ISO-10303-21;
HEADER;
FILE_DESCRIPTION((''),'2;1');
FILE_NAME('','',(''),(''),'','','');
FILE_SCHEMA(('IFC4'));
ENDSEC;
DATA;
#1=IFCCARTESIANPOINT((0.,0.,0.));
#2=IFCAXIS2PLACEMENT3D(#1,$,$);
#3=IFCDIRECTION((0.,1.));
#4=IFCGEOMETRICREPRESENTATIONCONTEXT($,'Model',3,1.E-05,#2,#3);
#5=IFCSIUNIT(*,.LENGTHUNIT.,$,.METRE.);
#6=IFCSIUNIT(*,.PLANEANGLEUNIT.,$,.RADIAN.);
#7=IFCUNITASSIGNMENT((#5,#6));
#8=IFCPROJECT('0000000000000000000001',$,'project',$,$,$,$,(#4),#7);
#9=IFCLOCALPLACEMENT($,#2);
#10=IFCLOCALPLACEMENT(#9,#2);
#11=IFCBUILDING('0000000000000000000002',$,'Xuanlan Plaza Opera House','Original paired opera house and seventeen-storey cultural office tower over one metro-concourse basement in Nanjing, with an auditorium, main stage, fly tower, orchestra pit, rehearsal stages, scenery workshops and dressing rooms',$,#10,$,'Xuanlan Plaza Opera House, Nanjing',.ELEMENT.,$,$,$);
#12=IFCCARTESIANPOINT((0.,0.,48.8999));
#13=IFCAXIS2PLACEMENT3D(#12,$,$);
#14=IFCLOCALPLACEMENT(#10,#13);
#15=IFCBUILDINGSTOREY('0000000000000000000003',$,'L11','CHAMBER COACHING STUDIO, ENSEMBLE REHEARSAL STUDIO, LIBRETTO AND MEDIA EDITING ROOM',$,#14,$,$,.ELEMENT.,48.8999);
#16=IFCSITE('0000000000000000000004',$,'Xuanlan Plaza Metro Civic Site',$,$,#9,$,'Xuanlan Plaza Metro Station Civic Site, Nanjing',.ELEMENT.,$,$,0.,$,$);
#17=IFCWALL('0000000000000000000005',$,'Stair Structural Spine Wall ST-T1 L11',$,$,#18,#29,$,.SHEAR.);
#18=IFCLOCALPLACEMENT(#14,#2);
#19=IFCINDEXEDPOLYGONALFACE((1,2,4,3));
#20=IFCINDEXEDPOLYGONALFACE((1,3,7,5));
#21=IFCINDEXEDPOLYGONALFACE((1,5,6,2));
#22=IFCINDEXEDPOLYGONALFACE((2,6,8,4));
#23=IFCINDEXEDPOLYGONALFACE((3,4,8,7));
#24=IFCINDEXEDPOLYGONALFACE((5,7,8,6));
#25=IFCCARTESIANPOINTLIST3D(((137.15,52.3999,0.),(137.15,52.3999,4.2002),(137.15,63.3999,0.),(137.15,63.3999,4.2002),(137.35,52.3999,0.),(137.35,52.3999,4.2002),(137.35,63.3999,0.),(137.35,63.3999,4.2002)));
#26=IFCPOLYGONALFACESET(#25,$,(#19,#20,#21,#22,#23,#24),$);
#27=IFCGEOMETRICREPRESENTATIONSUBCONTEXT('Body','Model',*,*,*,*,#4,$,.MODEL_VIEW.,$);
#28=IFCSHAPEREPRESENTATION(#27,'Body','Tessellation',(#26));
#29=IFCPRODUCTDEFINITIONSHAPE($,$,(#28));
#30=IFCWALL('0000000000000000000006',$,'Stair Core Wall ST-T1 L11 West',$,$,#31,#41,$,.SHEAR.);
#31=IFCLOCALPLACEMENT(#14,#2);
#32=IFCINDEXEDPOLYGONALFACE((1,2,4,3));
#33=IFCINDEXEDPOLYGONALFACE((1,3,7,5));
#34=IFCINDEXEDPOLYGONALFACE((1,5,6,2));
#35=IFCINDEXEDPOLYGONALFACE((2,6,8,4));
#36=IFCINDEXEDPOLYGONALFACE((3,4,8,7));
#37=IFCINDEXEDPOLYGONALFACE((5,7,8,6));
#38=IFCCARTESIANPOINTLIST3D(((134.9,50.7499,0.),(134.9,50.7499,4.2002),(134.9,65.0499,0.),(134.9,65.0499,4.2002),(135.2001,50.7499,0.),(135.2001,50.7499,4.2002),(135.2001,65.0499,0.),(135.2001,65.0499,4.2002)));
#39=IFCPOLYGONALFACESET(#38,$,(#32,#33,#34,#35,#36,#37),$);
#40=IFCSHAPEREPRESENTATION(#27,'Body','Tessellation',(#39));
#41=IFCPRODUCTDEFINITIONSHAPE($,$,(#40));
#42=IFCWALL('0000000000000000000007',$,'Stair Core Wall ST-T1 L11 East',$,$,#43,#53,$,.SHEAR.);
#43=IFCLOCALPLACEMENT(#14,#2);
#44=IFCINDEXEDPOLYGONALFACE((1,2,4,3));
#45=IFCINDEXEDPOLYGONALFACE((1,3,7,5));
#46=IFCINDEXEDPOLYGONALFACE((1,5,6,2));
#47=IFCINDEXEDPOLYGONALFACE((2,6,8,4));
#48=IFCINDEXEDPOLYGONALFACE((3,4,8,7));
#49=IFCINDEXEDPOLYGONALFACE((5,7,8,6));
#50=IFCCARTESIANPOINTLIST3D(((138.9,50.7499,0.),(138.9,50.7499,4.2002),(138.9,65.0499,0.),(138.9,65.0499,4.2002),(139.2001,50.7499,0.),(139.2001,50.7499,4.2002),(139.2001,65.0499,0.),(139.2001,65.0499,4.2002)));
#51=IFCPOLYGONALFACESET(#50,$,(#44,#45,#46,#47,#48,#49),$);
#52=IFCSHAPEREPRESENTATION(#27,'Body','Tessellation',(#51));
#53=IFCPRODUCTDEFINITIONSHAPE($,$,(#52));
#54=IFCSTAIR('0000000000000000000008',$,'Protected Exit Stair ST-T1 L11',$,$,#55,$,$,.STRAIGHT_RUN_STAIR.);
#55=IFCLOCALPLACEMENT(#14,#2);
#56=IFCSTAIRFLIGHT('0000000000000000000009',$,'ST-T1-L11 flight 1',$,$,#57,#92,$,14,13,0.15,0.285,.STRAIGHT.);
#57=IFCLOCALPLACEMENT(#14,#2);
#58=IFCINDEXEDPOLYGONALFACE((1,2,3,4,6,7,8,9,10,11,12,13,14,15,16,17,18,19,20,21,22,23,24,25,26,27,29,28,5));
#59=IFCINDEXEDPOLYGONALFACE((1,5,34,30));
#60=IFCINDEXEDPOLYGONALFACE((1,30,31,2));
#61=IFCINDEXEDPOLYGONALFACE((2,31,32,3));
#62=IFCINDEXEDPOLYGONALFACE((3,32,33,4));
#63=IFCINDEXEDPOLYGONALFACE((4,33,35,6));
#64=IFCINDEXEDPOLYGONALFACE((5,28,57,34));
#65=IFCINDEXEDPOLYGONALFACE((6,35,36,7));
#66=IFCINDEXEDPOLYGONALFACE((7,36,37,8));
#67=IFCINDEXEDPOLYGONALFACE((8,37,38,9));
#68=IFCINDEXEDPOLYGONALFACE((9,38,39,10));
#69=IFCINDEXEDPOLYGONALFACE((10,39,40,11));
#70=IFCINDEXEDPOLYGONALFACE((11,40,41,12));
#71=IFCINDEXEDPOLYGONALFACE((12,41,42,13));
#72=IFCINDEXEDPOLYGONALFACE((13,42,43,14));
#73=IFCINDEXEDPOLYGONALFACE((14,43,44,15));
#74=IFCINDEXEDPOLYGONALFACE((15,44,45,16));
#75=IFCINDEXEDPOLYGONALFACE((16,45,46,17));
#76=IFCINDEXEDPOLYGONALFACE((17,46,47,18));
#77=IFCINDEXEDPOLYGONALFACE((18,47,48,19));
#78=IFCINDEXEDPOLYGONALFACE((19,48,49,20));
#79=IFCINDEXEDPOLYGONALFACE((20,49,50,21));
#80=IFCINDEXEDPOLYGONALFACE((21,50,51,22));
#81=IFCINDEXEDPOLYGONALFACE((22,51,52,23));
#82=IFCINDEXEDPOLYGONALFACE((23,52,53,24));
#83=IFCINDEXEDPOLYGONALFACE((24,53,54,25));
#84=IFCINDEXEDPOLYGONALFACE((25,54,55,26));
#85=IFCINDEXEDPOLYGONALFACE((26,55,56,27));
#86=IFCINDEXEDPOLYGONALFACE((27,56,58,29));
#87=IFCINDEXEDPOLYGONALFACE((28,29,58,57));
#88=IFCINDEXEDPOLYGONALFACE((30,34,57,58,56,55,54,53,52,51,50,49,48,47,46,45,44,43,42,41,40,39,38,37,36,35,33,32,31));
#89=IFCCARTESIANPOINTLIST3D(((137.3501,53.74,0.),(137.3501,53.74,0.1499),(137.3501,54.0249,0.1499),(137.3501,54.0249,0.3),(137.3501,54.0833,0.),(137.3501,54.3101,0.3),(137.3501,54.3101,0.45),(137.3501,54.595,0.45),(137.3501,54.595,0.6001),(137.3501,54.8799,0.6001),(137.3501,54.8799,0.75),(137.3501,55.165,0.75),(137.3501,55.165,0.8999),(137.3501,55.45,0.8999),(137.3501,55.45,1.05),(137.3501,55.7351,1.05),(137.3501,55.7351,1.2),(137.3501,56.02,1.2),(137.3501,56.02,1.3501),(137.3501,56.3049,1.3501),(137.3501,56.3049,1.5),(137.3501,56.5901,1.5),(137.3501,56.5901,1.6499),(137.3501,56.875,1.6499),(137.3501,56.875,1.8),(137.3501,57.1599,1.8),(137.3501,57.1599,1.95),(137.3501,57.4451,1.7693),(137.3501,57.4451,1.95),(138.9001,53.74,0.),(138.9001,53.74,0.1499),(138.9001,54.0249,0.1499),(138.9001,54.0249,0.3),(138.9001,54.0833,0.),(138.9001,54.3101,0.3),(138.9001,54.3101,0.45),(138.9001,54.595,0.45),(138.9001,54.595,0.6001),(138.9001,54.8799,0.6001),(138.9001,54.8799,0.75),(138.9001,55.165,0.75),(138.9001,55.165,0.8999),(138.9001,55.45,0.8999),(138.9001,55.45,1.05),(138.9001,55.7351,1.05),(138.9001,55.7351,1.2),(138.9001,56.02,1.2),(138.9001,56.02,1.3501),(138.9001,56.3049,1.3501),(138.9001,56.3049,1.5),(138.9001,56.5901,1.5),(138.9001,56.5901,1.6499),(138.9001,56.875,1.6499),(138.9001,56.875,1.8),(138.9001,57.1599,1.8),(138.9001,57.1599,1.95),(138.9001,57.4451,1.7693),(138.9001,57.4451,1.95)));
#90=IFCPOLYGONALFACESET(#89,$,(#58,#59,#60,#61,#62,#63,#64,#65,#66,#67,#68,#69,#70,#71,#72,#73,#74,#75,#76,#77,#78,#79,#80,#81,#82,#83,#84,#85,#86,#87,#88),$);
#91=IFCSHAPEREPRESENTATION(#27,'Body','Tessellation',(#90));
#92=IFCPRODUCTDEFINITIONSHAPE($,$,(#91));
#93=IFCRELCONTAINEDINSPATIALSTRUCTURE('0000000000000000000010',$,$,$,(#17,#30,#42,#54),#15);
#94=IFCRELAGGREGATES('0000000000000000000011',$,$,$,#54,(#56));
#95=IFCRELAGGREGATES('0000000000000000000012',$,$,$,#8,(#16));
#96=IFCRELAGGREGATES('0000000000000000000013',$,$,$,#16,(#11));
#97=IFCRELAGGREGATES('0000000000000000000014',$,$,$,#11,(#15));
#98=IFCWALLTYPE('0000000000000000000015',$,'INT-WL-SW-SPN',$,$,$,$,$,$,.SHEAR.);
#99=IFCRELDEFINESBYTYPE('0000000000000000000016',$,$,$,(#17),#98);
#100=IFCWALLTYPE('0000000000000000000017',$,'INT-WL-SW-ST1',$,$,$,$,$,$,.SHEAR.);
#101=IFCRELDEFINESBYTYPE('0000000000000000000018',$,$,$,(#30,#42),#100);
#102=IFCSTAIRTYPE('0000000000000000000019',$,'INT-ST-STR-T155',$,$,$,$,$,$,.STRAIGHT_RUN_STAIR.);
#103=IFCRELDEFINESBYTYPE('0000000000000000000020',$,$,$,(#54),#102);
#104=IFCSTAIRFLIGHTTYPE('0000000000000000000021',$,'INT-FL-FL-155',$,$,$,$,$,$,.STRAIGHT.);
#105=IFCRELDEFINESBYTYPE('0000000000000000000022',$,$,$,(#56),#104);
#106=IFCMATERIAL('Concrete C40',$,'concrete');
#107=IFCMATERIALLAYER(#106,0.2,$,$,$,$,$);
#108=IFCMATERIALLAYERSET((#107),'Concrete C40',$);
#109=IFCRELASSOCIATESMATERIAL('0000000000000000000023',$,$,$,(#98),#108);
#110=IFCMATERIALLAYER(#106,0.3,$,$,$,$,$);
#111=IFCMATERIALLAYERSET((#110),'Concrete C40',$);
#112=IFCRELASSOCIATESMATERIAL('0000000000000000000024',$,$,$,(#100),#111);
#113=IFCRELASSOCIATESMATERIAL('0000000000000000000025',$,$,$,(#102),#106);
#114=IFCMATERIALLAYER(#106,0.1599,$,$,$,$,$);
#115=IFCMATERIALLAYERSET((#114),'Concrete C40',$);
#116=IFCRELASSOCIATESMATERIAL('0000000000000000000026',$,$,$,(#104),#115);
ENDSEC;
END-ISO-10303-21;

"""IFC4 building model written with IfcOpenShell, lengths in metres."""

from ifc_helpers import new_model, si_unit, direction, frame, frame_2d, origin, place, context, subcontext, project, spatial, polyline, rectangle, outline, extrude, material, layer, layer_set, type_object, element, aggregate, save


model = new_model("IFC4")

# Units and contexts
model_context = context("Model", 3, precision=1e-05, world=origin(), true_north=direction((0.0, 1.0)))
body_context = subcontext(model_context, "Body", "Model", "MODEL_VIEW")
ifc_project = project(units=[si_unit("LENGTHUNIT", "METRE"), si_unit("PLANEANGLEUNIT", "RADIAN")], contexts=[model_context])

# Site, building, storey
site_placement = place(None, origin())
site = spatial("IfcSite", under=ifc_project, at=site_placement, Name="Xuanlan Plaza Metro Civic Site", LongName="Xuanlan Plaza Metro Station Civic Site, Nanjing", CompositionType="ELEMENT", RefElevation=0.0)
building_placement = place(site_placement, origin())
building = spatial("IfcBuilding", under=site, at=building_placement, Name="Xuanlan Plaza Opera House", Description="Original paired opera house and seventeen-storey cultural office tower over one metro-concourse basement in Nanjing, with an auditorium, main stage, fly tower, orchestra pit, rehearsal stages, scenery workshops and dressing rooms", LongName="Xuanlan Plaza Opera House, Nanjing", CompositionType="ELEMENT")
storey_placement = place(building_placement, frame((0.0, 0.0, 48.8999)))
storey = spatial("IfcBuildingStorey", under=building, at=storey_placement, Name="L11", Description="CHAMBER COACHING STUDIO, ENSEMBLE REHEARSAL STUDIO, LIBRETTO AND MEDIA EDITING ROOM", CompositionType="ELEMENT", Elevation=48.8999)

# Shared definitions
ifc_material_1 = material(Name="Concrete C40", Category="concrete")

# Wall
ifc_layer_1 = layer(ifc_material_1, 0.2)
ifc_layer_set_1 = layer_set([ifc_layer_1], Name="Concrete C40")
wall_type_1 = type_object("IfcWallType", Name="INT-WL-SW-SPN", PredefinedType="SHEAR", material=ifc_layer_set_1)
wall_1_placement = place(storey_placement, frame((137.25, 52.3999, 0.0), z_axis=(0.0, 0.0, 1.0), x_axis=(0.0, 1.0, 0.0)))
element("IfcWall", 1, at=wall_1_placement, inside=storey, type_object=wall_type_1, Name="Stair Structural Spine Wall ST-T1 L11", PredefinedType="SHEAR", context=body_context, shape_type="SweptSolid", body=[
    extrude(rectangle(XDim=11.0, YDim=0.2, at=frame_2d((5.5, 0.0))), origin(), (0.0, 0.0, 1.0), 4.2002),
])

# Shared definitions
ifc_layer_2 = layer(ifc_material_1, 0.3)
ifc_layer_set_2 = layer_set([ifc_layer_2], Name="Concrete C40")
wall_type_2 = type_object("IfcWallType", Name="INT-WL-SW-ST1", PredefinedType="SHEAR", material=ifc_layer_set_2)

# Walls
for number, where, z_axis, x_axis, name in (
    (2, (135.05, 50.75, 0.0), (0.0, 0.0, 1.0), (0.0, 1.0, 0.0), "Stair Core Wall ST-T1 L11 West"),
    (3, (139.05, 50.75, 0.0), (0.0, 0.0, 1.0), (0.0, 1.0, 0.0), "Stair Core Wall ST-T1 L11 East"),
):
    element("IfcWall", number, at=place(storey_placement, frame(where, z_axis=z_axis, x_axis=x_axis)), inside=storey, type_object=wall_type_2, Name=name, PredefinedType="SHEAR", context=body_context, shape_type="SweptSolid", body=[
        extrude(rectangle(XDim=14.3, YDim=0.3, at=frame_2d((7.1499, 0.0))), origin(), (0.0, 0.0, 1.0), 4.2002),
    ])

# Stair, stair flight
stair_type = type_object("IfcStairType", Name="INT-ST-STR-T155", PredefinedType="STRAIGHT_RUN_STAIR", material=ifc_material_1)
stair_placement = place(storey_placement, origin())
stair = element("IfcStair", 4, at=stair_placement, inside=storey, type_object=stair_type, Name="Protected Exit Stair ST-T1 L11", PredefinedType="STRAIGHT_RUN_STAIR")
ifc_layer_3 = layer(ifc_material_1, 0.1599)
ifc_layer_set_3 = layer_set([ifc_layer_3], Name="Concrete C40")
stair_flight_type = type_object("IfcStairFlightType", Name="INT-FL-FL-155", PredefinedType="STRAIGHT", material=ifc_layer_set_3)
stair_flight_placement = place(storey_placement, frame((138.125, 53.74, 0.0), z_axis=(0.0, 0.0, 1.0), x_axis=(0.0, 1.0, 0.0)))
stair_flight = element("IfcStairFlight", 5, at=stair_flight_placement, type_object=stair_flight_type, Name="ST-T1-L11 flight 1", NumberOfRisers=14, NumberOfTreads=13, PredefinedType="STRAIGHT", RiserHeight=0.15, TreadLength=0.285, context=body_context, shape_type="SweptSolid", body=[
    extrude(outline(polyline([(0.0, 0.0), (0.0, 0.1499), (0.2849, 0.1499), (0.2849, 0.3), (0.5701, 0.3), (0.5701, 0.45), (0.855, 0.45), (0.855, 0.6001), (1.1399, 0.6001), (1.1399, 0.75), (1.425, 0.75), (1.425, 0.8999), (1.71, 0.8999), (1.71, 1.05), (1.9951, 1.05), (1.9951, 1.2), (2.28, 1.2), (2.28, 1.3501), (2.5649, 1.3501), (2.5649, 1.5), (2.8501, 1.5), (2.8501, 1.6499), (3.135, 1.6499), (3.135, 1.8), (3.4199, 1.8), (3.4199, 1.95), (3.7051, 1.95), (3.7051, 2.1001), (3.7051, 1.7693), (0.3433, 0.0), (0.0, 0.0)])), frame((0.0, 0.7749, 0.0), z_axis=(0.0, -1.0, 0.0), x_axis=(1.0, 0.0, 0.0)), (0.0, 0.0, 1.0), 1.55),
])
aggregate(stair, [stair_flight])

save(model, "model.ifc")
